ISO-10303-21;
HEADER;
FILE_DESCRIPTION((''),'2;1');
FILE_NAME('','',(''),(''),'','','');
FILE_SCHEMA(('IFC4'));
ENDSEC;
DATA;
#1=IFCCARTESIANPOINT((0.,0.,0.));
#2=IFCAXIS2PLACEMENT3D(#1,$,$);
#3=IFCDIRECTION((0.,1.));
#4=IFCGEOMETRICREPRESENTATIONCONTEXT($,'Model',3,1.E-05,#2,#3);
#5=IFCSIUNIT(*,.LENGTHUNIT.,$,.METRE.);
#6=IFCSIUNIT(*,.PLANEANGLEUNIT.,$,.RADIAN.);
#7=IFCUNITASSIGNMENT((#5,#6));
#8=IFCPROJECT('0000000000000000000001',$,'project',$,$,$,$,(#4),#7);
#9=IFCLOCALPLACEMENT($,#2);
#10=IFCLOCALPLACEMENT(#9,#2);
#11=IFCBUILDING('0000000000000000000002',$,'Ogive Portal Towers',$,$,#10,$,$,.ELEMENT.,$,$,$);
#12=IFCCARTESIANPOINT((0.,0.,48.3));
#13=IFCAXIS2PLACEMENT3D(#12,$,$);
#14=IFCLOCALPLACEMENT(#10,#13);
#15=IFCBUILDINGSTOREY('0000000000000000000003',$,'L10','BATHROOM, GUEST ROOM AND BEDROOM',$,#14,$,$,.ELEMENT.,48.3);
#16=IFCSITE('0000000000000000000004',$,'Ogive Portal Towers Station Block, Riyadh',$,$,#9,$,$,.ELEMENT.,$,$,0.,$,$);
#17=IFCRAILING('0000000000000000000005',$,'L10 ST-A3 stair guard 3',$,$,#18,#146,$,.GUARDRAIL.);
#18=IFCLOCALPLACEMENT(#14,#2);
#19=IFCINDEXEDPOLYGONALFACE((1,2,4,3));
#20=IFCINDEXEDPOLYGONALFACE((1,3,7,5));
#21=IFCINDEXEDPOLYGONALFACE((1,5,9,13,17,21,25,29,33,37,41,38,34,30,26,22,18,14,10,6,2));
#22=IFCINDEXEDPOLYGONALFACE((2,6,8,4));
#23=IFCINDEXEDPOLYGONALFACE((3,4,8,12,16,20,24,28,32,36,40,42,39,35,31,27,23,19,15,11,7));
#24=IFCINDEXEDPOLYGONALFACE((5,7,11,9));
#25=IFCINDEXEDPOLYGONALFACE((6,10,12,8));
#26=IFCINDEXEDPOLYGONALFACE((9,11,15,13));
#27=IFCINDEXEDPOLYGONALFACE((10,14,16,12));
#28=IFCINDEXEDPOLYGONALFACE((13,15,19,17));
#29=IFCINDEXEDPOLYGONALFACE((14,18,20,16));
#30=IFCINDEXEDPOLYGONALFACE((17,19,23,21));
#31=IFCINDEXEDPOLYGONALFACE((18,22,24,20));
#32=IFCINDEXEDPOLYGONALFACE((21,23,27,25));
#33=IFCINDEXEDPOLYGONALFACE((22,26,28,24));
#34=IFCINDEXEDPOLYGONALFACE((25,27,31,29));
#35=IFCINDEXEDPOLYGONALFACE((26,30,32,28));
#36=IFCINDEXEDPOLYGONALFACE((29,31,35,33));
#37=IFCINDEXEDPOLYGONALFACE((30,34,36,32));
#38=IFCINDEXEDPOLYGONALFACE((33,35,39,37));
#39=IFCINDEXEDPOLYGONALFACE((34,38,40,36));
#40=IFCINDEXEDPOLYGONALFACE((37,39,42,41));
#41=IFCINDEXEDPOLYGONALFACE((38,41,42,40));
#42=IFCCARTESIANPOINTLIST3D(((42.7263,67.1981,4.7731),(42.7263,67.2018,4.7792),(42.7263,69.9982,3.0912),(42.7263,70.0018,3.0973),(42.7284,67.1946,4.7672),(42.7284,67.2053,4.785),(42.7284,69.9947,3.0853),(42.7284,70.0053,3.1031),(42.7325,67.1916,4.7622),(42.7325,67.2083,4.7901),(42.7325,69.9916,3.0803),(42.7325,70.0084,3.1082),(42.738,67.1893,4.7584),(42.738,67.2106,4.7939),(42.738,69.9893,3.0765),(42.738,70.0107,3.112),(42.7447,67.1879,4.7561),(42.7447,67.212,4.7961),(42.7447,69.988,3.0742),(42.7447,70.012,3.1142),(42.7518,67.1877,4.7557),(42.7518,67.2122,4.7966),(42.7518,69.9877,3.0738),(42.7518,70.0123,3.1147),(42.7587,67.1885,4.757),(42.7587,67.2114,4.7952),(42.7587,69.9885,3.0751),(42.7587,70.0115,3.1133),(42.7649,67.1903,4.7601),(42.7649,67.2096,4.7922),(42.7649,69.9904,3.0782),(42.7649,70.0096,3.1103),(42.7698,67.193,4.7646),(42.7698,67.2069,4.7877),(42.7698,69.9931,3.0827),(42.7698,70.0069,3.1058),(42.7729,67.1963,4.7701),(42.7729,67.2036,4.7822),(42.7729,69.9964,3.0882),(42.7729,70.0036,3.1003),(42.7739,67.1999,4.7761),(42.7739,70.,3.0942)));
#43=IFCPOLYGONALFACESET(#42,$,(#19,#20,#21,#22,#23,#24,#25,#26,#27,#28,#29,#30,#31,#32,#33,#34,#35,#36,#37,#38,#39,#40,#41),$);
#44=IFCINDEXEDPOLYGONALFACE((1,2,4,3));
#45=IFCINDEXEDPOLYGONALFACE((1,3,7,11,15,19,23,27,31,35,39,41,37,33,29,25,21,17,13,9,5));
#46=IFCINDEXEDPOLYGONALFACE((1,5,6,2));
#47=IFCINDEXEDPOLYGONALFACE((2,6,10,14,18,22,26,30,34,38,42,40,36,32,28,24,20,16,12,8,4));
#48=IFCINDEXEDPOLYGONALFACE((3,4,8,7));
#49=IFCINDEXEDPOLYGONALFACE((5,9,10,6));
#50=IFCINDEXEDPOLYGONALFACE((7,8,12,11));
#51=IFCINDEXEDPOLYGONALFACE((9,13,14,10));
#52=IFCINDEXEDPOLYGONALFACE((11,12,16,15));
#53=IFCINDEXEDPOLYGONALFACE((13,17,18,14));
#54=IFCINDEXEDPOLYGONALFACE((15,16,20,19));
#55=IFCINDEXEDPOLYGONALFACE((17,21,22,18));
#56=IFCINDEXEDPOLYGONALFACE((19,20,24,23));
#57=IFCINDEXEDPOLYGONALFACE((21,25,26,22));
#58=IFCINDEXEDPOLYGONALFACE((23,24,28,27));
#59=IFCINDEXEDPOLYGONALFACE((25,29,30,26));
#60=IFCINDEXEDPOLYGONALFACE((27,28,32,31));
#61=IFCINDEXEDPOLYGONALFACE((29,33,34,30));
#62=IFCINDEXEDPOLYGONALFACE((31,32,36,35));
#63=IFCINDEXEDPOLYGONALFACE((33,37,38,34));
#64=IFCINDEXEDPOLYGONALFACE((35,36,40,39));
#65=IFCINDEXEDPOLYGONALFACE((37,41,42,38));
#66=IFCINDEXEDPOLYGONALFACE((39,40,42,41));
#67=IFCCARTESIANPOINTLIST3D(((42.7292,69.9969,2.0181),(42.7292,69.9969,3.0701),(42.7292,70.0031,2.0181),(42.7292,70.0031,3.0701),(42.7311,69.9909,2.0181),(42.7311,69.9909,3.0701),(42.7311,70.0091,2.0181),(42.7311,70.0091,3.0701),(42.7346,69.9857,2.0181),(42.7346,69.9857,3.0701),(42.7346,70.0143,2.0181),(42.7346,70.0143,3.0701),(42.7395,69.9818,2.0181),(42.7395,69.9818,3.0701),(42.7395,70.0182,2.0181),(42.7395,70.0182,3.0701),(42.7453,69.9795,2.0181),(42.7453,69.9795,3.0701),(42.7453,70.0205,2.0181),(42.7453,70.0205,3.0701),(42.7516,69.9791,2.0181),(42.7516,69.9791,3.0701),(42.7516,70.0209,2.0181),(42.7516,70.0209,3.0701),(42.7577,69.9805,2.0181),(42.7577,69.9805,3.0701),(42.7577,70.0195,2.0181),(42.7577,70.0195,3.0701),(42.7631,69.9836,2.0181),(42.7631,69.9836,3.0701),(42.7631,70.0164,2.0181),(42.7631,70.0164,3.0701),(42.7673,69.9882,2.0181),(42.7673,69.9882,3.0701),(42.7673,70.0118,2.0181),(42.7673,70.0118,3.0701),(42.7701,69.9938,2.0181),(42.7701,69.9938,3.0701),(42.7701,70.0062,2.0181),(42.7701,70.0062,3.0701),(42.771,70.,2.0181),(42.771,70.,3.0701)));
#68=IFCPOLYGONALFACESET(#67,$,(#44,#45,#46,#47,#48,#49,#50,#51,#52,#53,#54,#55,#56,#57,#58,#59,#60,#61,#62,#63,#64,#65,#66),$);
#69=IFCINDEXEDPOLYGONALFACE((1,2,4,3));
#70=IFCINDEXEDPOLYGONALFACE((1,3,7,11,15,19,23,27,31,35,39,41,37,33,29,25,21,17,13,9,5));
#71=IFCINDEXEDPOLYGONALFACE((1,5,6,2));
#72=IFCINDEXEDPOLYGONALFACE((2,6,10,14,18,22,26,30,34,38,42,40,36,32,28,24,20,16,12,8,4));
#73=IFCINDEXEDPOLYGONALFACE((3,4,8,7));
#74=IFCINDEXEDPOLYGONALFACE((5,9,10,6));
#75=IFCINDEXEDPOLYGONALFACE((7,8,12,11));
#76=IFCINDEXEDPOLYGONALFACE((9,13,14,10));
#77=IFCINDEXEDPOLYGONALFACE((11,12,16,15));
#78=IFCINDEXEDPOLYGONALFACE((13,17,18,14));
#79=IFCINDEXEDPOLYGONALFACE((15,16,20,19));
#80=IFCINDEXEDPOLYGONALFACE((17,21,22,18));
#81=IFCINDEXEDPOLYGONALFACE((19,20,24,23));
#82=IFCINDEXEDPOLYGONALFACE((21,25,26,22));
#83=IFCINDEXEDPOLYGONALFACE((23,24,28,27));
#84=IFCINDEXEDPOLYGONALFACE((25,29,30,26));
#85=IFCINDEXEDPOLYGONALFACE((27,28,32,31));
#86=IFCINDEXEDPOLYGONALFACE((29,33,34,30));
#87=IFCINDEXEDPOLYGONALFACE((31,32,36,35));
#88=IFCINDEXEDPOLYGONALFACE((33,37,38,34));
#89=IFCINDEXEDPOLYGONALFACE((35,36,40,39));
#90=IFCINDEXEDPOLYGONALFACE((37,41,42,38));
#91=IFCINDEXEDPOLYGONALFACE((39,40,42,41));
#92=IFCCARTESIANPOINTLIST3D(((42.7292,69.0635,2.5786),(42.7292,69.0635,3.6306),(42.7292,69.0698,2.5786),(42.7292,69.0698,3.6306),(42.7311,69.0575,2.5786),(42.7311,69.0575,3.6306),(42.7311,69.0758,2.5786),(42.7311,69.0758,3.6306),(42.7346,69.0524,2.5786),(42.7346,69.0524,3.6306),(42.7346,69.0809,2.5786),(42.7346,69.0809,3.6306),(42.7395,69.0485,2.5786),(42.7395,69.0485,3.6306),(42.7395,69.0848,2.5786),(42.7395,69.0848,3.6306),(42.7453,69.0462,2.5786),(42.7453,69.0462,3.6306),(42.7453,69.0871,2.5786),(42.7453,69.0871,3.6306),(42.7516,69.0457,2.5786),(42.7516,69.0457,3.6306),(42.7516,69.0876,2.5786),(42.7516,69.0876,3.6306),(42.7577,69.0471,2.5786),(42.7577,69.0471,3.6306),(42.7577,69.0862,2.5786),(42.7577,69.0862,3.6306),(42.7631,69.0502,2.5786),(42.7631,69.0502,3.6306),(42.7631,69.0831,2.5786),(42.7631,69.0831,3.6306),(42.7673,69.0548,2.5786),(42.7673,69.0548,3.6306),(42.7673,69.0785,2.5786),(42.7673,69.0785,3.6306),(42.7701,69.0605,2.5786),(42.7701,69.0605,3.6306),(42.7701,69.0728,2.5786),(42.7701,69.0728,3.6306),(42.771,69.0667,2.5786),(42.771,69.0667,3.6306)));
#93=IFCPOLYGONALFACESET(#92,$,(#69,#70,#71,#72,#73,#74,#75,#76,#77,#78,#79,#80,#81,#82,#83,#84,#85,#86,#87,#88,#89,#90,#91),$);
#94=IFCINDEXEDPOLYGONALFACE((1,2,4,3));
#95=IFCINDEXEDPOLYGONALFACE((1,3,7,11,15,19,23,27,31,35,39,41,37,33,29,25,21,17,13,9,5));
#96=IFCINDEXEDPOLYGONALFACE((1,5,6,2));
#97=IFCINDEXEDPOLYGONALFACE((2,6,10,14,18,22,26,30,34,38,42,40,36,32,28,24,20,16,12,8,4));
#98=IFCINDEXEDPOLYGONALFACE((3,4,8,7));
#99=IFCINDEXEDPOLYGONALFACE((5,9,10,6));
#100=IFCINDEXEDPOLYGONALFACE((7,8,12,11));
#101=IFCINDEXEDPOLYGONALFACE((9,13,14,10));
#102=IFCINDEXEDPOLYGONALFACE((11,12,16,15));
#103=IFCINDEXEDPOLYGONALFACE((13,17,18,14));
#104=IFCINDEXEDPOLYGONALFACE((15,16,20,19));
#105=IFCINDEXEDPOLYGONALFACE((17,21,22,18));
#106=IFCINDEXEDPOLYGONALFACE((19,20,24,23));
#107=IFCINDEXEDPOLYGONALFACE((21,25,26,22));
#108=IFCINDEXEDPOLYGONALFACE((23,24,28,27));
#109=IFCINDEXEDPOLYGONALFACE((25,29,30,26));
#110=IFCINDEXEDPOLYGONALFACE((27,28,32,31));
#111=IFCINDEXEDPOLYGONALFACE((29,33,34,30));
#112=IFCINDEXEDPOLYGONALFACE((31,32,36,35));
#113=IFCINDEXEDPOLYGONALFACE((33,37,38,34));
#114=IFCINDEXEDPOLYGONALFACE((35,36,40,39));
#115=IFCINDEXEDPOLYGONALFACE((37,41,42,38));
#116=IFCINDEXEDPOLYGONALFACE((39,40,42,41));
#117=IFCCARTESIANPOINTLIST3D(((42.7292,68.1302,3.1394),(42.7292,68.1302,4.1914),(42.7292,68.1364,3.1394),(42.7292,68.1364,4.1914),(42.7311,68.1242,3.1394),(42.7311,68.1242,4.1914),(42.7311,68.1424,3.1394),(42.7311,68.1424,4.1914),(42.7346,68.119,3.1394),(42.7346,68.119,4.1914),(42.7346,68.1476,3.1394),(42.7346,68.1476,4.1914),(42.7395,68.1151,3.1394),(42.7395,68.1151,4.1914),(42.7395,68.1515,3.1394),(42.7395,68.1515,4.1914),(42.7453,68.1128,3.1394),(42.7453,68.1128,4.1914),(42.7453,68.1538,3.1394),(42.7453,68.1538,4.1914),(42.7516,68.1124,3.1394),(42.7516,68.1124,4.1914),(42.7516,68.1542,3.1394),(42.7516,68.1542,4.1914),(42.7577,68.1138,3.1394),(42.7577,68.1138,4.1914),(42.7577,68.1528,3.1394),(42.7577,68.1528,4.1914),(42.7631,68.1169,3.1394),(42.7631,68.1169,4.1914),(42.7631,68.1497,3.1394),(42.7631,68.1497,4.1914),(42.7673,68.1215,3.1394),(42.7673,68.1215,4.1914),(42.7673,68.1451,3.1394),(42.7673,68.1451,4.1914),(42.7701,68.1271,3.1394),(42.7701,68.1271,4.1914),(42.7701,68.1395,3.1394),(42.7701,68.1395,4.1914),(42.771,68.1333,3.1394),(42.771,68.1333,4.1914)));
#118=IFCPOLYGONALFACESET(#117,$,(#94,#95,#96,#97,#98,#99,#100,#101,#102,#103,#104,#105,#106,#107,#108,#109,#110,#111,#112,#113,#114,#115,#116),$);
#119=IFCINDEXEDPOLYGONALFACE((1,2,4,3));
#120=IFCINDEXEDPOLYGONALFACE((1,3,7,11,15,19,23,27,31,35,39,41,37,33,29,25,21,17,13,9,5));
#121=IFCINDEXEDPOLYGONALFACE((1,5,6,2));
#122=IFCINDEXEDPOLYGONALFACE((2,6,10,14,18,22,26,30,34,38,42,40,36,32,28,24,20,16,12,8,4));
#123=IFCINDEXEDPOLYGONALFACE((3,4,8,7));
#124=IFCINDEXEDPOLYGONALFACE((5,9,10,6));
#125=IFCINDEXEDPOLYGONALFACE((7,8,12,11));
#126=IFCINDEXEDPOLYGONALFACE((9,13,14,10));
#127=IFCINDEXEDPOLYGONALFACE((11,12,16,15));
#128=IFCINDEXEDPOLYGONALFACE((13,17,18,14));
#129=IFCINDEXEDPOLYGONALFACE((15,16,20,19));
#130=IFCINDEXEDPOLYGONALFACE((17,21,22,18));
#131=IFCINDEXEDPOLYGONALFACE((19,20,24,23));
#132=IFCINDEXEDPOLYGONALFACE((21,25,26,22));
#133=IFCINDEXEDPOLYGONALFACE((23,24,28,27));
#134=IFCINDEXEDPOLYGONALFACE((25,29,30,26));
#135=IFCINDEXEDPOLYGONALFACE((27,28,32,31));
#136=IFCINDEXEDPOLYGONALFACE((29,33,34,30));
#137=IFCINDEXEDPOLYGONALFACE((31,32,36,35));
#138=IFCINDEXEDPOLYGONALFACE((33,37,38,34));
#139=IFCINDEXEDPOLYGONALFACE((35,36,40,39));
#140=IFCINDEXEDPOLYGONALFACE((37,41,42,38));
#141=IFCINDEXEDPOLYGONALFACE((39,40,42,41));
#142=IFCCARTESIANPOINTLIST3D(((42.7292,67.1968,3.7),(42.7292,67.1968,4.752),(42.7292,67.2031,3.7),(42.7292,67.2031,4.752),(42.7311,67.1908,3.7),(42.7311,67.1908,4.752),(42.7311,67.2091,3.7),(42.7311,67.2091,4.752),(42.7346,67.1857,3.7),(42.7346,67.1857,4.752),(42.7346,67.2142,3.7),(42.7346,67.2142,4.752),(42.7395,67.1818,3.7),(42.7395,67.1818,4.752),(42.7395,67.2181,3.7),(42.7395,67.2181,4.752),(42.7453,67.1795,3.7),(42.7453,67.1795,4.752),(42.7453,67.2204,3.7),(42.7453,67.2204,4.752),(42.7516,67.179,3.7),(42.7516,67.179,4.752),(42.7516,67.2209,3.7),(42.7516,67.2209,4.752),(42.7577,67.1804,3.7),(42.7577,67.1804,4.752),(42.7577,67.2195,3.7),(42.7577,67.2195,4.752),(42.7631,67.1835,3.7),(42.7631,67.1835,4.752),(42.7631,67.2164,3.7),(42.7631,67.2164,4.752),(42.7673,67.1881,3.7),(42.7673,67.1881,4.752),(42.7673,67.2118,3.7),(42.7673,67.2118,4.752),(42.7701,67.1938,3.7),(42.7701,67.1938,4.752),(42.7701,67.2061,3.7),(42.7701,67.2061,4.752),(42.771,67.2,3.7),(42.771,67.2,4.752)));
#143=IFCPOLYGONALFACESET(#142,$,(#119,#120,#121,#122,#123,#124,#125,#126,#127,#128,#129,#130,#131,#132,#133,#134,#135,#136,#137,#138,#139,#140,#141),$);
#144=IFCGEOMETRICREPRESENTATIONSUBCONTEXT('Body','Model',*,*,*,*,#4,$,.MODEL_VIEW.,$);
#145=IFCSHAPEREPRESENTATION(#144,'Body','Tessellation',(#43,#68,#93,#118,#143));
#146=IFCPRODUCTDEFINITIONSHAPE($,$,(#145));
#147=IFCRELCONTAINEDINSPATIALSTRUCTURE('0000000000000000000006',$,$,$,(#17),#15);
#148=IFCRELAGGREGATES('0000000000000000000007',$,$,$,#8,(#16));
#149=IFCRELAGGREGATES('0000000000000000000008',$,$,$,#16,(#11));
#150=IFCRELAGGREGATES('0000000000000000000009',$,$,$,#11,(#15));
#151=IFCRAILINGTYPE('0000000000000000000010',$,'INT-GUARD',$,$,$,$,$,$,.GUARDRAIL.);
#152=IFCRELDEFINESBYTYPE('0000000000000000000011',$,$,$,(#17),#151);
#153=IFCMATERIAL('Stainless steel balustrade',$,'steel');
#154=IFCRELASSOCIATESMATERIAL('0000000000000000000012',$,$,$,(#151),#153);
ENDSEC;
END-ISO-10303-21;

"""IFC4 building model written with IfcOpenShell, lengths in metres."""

from ifc_helpers import new_model, si_unit, direction, frame, origin, origin_2d, place, context, subcontext, project, spatial, circle, extrude, material, type_object, element, save


model = new_model("IFC4")

# Units and contexts
model_context = context("Model", 3, precision=1e-05, world=origin(), true_north=direction((0.0, 1.0)))
body_context = subcontext(model_context, "Body", "Model", "MODEL_VIEW")
ifc_project = project(units=[si_unit("LENGTHUNIT", "METRE"), si_unit("PLANEANGLEUNIT", "RADIAN")], contexts=[model_context])

# Site, building, storey
site_placement = place(None, origin())
site = spatial("IfcSite", under=ifc_project, at=site_placement, Name="Ogive Portal Towers Station Block, Riyadh", CompositionType="ELEMENT", RefElevation=0.0)
building_placement = place(site_placement, origin())
building = spatial("IfcBuilding", under=site, at=building_placement, Name="Ogive Portal Towers", CompositionType="ELEMENT")
storey_placement = place(building_placement, frame((0.0, 0.0, 48.3)))
storey = spatial("IfcBuildingStorey", under=building, at=storey_placement, Name="L10", Description="BATHROOM, GUEST ROOM AND BEDROOM", CompositionType="ELEMENT", Elevation=48.3)

# Railing
ifc_material_1 = material(Name="Stainless steel balustrade", Category="steel")
railing_type_1 = type_object("IfcRailingType", Name="INT-GUARD", PredefinedType="GUARDRAIL", material=ifc_material_1)
railing_1_placement = place(storey_placement, frame((42.75, 70.0, 2.0181)))
element("IfcRailing", 1, at=railing_1_placement, inside=storey, type_object=railing_type_1, Name="L10 ST-A3 stair guard 3", PredefinedType="GUARDRAIL", context=body_context, shape_type="SweptSolid", body=[
    extrude(circle(Radius=0.0239, at=origin_2d()), frame((0.0, 0.0, 1.0762), z_axis=(0.0, -0.857242, 0.514913), x_axis=(1.0, 0.0, 0.0)), (0.0, 0.0, 1.0), 3.2664),
    extrude(circle(Radius=0.021, at=origin_2d()), origin(), (0.0, 0.0, 1.0), 1.052),
    extrude(circle(Radius=0.021, at=origin_2d()), frame((0.0, -0.9333, 0.5605)), (0.0, 0.0, 1.0), 1.052),
    extrude(circle(Radius=0.021, at=origin_2d()), frame((0.0, -1.8667, 1.1213)), (0.0, 0.0, 1.0), 1.052),
    extrude(circle(Radius=0.021, at=origin_2d()), frame((0.0, -2.8, 1.6819)), (0.0, 0.0, 1.0), 1.052),
])

save(model, "model.ifc")
